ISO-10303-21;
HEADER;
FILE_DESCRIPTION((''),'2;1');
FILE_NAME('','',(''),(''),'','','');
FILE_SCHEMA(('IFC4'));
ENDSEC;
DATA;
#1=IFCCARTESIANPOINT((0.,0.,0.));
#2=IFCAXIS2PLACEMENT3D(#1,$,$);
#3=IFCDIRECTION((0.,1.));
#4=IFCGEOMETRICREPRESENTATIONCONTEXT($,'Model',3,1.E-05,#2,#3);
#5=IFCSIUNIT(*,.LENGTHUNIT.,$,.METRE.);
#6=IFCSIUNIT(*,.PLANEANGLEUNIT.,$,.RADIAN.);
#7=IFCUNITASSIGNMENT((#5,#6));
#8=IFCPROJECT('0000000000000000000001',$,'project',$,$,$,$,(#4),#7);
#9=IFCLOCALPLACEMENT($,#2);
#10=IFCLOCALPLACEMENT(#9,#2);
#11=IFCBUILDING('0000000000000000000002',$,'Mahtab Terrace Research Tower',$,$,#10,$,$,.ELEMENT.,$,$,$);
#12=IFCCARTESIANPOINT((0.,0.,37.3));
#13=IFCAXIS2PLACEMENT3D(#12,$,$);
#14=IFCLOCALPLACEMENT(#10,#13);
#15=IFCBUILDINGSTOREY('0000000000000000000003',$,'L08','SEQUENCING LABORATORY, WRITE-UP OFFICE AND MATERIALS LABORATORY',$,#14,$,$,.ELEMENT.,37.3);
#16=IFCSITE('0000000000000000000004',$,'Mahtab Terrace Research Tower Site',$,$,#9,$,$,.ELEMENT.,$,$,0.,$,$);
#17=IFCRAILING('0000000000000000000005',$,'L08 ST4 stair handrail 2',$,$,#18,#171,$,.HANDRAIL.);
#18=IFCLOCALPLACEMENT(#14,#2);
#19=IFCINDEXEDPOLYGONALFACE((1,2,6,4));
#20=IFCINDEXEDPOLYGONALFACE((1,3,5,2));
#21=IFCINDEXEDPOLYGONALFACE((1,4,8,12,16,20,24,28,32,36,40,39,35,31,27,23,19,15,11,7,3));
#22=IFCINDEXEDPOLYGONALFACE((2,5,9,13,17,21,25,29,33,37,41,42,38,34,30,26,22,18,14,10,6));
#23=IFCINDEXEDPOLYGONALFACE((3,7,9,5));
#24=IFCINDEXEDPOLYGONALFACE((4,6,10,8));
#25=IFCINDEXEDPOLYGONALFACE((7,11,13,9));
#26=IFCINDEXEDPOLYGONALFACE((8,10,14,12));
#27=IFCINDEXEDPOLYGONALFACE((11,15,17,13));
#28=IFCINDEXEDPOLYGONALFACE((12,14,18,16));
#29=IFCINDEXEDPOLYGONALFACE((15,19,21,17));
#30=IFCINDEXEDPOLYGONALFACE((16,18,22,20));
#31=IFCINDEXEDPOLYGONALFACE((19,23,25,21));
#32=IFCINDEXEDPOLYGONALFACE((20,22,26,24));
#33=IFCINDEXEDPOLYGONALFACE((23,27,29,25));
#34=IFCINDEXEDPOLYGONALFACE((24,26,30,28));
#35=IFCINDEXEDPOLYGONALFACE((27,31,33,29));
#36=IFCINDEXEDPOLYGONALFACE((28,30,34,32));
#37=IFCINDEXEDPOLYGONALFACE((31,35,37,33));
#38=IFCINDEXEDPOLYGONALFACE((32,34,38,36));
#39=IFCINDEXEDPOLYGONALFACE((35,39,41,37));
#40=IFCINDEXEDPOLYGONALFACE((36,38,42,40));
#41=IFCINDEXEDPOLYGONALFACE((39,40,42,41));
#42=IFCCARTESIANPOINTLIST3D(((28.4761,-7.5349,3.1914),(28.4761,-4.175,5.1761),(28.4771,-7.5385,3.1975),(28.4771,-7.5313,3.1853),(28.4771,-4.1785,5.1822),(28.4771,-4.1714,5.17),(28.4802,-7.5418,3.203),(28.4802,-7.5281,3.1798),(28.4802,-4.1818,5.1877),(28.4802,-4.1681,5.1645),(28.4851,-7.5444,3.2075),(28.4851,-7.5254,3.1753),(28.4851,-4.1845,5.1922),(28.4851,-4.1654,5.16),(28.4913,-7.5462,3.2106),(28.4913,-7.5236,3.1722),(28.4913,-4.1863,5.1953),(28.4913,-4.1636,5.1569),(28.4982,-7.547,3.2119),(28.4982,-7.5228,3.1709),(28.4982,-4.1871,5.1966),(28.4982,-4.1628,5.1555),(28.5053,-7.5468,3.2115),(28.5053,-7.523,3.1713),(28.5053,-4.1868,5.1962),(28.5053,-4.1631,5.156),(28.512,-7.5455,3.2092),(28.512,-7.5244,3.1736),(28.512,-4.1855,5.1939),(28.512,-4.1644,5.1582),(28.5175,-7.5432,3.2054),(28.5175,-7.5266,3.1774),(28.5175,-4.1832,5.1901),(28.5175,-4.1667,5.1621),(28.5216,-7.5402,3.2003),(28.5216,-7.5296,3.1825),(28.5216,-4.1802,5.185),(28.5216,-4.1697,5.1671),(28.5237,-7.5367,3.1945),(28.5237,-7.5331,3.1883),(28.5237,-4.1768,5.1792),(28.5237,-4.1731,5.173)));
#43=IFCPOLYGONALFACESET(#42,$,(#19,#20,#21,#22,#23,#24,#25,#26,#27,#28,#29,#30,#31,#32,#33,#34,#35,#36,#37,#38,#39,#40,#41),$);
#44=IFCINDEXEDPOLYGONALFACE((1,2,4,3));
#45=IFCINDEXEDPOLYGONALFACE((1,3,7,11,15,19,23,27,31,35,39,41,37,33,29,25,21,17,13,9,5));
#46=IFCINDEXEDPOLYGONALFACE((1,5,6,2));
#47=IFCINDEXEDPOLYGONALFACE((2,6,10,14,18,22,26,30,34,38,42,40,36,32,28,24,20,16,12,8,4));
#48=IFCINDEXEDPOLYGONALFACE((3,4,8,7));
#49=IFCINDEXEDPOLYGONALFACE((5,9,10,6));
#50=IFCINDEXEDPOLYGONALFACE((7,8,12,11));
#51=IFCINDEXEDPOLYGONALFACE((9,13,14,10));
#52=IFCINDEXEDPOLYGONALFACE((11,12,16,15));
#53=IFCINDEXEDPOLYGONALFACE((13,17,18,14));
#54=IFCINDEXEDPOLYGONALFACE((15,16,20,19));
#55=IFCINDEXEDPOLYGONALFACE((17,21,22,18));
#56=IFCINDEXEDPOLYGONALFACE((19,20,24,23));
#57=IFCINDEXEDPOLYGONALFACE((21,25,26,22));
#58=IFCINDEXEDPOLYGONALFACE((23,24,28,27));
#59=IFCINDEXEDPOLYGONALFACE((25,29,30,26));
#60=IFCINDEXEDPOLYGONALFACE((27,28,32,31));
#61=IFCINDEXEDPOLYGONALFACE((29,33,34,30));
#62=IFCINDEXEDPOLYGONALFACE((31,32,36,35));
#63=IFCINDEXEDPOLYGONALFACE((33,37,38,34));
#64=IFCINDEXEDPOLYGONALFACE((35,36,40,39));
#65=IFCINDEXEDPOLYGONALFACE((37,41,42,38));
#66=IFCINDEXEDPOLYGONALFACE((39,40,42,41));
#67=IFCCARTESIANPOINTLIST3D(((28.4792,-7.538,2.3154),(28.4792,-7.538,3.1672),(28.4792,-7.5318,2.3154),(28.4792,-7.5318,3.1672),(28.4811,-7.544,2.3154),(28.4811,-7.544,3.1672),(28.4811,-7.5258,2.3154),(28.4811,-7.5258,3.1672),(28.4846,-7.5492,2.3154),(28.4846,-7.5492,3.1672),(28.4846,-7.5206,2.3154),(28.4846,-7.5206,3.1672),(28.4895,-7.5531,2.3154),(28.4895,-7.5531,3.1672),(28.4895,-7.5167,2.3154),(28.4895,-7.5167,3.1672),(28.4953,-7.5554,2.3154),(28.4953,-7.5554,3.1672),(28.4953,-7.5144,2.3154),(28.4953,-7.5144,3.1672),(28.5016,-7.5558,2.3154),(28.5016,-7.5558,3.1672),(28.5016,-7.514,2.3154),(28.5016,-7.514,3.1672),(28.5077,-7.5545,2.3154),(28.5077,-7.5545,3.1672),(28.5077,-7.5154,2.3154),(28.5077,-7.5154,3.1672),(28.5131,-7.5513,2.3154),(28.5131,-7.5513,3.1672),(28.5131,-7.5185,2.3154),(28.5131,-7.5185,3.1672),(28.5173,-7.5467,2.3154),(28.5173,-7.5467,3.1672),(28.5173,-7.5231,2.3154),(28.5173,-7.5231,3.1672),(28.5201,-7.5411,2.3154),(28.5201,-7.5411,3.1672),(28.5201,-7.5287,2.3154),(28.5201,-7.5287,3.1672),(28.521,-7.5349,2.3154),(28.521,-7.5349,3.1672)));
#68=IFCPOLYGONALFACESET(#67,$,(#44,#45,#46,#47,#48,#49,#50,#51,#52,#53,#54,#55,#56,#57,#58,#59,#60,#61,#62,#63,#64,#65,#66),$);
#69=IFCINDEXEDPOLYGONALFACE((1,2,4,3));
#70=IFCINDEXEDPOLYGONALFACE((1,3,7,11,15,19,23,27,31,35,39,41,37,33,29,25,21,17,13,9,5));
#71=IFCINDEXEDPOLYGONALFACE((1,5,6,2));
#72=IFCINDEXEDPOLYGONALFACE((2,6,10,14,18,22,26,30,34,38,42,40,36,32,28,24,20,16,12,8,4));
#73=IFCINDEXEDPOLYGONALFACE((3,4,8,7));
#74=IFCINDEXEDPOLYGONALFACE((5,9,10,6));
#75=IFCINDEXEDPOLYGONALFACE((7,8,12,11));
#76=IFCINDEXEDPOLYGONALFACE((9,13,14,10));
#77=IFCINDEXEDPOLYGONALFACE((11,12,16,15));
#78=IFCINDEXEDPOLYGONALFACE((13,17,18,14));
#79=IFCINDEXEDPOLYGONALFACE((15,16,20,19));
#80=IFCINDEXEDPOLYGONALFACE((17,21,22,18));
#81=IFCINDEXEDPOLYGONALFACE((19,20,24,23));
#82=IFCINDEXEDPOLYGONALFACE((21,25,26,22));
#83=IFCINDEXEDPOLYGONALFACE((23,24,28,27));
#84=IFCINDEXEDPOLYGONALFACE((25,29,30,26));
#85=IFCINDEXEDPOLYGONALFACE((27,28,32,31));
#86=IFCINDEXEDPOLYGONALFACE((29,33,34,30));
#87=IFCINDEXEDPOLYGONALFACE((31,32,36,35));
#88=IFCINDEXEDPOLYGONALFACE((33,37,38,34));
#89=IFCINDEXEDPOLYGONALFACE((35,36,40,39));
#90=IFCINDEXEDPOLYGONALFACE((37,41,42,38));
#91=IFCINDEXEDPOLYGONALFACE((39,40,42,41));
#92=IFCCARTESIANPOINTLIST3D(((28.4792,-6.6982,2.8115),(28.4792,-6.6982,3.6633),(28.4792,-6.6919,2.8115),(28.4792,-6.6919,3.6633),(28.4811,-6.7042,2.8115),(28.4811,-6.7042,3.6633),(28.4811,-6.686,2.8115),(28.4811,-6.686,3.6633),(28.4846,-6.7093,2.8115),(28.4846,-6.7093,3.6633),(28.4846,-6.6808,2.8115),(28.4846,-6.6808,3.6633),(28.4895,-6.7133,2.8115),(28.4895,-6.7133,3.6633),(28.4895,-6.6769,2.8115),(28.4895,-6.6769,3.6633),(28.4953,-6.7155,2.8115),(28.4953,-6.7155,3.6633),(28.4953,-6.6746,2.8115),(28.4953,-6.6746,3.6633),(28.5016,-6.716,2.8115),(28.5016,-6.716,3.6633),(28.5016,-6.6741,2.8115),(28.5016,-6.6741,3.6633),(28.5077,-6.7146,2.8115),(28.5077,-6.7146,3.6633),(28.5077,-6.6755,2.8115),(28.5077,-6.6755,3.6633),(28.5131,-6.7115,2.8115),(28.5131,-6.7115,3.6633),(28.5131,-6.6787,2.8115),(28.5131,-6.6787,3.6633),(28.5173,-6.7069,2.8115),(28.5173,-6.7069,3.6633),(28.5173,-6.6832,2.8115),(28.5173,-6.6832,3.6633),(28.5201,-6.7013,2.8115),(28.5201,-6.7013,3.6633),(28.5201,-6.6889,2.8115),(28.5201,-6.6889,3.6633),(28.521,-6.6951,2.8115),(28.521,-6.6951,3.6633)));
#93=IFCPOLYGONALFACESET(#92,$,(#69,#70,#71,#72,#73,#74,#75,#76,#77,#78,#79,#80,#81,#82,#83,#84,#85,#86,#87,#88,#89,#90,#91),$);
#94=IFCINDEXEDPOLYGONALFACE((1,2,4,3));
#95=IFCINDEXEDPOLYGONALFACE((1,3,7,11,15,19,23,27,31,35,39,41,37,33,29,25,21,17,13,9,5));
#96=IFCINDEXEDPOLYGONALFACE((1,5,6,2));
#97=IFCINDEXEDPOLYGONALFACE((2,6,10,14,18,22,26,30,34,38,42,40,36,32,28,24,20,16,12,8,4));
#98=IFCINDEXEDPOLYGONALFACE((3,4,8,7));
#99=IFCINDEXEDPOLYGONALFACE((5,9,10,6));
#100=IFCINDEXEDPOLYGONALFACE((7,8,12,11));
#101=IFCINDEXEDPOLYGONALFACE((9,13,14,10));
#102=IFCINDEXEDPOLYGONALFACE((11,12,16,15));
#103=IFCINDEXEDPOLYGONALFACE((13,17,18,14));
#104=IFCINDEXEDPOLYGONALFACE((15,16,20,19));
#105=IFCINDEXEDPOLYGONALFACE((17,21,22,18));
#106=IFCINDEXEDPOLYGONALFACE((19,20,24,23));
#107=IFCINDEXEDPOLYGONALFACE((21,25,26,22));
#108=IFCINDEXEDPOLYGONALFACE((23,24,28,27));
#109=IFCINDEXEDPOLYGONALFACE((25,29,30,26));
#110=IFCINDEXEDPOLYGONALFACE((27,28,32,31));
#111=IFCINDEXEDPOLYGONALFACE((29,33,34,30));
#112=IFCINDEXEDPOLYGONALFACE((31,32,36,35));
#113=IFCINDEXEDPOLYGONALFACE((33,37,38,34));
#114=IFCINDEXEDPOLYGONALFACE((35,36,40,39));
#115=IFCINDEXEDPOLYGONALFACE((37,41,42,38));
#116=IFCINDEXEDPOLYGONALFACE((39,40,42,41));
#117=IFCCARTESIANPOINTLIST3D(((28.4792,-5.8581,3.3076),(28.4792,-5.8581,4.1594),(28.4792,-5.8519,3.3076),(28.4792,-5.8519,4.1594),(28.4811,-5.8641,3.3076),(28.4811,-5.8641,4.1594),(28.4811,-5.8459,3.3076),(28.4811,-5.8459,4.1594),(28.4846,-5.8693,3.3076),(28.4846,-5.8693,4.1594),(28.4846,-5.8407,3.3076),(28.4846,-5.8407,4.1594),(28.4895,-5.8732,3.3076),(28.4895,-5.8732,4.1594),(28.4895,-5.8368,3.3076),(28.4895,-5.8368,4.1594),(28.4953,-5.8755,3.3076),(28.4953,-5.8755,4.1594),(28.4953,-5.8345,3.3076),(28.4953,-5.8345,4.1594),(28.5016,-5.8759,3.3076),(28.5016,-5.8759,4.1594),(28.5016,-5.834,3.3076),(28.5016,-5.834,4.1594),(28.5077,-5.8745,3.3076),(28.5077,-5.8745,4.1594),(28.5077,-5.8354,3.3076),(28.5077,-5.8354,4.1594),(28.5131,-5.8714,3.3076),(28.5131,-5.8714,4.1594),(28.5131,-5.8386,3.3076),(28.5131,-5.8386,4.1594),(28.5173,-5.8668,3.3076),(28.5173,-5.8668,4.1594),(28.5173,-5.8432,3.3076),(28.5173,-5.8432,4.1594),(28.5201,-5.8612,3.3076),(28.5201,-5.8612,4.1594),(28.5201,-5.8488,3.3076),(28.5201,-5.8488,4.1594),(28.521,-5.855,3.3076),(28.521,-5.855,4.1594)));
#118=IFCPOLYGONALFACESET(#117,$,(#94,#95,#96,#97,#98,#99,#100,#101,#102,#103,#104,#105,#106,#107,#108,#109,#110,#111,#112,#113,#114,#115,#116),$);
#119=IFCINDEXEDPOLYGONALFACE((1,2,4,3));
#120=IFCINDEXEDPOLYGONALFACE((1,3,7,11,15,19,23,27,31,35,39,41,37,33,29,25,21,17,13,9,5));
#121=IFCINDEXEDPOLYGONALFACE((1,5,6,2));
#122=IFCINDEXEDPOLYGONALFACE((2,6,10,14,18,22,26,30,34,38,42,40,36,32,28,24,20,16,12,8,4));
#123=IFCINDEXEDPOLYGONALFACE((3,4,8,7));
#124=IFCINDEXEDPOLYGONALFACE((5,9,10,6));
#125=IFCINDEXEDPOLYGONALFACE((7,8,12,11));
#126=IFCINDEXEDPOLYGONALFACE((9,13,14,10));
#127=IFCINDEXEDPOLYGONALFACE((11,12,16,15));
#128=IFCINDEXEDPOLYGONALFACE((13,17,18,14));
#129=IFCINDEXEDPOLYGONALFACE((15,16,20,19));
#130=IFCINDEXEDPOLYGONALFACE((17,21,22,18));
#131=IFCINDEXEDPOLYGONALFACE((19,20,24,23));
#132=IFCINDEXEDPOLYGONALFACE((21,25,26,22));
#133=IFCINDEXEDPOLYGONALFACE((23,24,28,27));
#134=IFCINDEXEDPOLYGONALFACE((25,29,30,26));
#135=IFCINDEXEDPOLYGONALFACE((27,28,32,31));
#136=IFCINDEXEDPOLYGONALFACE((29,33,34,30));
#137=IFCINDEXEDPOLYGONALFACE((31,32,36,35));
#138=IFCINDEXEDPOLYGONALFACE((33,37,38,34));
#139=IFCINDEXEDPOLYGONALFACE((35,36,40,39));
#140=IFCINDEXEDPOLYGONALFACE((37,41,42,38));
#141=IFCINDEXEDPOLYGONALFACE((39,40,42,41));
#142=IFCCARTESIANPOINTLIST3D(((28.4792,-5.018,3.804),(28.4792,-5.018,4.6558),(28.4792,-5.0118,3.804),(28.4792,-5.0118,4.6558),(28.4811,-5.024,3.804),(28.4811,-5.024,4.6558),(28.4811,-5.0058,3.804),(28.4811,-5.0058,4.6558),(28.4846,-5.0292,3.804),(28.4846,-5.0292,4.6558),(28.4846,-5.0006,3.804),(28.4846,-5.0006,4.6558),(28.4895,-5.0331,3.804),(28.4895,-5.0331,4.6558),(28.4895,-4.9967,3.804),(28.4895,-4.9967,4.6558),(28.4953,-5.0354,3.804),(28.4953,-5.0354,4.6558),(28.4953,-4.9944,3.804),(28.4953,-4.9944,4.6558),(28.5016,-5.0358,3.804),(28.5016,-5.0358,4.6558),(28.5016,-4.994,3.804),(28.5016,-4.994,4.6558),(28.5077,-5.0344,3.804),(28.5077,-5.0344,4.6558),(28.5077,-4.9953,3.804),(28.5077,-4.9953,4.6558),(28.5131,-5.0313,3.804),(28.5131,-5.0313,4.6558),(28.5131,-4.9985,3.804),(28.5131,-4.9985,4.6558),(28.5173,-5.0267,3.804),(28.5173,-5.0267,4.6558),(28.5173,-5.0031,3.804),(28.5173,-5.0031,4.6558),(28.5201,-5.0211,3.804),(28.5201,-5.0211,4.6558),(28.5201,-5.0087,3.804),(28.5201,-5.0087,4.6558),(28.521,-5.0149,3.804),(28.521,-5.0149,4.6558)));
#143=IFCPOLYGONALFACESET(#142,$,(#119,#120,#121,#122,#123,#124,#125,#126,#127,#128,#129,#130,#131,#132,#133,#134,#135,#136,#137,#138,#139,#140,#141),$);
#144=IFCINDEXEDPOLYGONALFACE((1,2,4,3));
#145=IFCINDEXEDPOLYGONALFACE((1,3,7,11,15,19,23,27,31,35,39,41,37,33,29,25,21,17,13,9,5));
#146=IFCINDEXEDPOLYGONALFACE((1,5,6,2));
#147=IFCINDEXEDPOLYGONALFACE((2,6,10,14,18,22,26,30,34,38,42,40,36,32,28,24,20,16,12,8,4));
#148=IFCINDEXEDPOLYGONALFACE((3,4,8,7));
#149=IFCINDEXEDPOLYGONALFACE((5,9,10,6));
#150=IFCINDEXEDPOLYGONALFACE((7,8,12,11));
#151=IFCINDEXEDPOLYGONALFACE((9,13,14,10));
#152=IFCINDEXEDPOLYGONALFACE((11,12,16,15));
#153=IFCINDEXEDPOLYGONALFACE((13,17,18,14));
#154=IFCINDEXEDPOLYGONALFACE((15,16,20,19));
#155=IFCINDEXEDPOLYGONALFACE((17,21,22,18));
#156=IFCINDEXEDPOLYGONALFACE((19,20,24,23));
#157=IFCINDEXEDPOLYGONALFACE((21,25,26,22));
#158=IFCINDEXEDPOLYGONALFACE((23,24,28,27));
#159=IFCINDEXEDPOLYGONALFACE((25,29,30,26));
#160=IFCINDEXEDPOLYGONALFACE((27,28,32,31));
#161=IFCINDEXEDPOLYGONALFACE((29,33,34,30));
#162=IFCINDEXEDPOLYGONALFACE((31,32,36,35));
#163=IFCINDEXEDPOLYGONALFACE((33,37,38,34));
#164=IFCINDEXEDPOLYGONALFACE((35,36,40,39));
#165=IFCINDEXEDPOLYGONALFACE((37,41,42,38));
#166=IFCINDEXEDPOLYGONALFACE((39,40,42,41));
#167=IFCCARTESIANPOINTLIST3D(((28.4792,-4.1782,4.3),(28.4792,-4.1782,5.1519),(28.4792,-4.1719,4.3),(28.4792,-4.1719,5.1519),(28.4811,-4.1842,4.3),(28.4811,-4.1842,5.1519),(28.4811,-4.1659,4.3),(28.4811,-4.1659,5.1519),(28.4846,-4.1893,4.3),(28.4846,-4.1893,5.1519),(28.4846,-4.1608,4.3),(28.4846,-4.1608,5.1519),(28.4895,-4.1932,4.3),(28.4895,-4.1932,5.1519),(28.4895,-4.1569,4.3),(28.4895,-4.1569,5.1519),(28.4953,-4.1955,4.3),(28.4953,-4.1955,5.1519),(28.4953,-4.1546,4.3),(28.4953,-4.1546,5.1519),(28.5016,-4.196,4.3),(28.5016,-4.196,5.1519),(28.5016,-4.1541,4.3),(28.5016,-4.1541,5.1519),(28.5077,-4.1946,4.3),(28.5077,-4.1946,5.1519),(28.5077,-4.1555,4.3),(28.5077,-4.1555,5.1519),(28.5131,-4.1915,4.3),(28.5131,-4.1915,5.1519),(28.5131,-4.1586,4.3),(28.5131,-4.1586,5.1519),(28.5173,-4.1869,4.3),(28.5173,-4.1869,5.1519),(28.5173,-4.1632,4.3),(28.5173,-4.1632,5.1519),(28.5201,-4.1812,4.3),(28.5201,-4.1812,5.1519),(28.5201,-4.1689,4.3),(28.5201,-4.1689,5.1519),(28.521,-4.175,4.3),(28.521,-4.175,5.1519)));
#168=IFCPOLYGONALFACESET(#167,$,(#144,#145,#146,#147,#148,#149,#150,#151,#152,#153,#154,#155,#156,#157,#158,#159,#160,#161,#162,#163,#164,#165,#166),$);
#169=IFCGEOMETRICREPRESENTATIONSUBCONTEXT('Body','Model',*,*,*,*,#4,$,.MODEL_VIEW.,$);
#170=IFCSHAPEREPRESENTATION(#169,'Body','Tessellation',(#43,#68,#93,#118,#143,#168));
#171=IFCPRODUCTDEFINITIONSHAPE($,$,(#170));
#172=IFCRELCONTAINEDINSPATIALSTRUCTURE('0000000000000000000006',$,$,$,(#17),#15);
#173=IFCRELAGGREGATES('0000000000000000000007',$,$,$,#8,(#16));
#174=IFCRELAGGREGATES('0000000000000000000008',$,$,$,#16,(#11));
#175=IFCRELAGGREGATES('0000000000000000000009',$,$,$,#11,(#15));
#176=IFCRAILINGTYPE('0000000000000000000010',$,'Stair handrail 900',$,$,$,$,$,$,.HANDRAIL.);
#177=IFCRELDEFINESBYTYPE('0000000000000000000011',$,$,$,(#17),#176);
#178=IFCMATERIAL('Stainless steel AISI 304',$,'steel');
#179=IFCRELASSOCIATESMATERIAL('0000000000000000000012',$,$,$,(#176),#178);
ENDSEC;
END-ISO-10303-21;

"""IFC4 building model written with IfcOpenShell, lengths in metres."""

from ifc_helpers import new_model, si_unit, direction, frame, origin, origin_2d, place, context, subcontext, project, spatial, circle, extrude, material, type_object, element, save


model = new_model("IFC4")

# Units and contexts
model_context = context("Model", 3, precision=1e-05, world=origin(), true_north=direction((0.0, 1.0)))
body_context = subcontext(model_context, "Body", "Model", "MODEL_VIEW")
ifc_project = project(units=[si_unit("LENGTHUNIT", "METRE"), si_unit("PLANEANGLEUNIT", "RADIAN")], contexts=[model_context])

# Site, building, storey
site_placement = place(None, origin())
site = spatial("IfcSite", under=ifc_project, at=site_placement, Name="Mahtab Terrace Research Tower Site", CompositionType="ELEMENT", RefElevation=0.0)
building_placement = place(site_placement, origin())
building = spatial("IfcBuilding", under=site, at=building_placement, Name="Mahtab Terrace Research Tower", CompositionType="ELEMENT")
storey_placement = place(building_placement, frame((0.0, 0.0, 37.3)))
storey = spatial("IfcBuildingStorey", under=building, at=storey_placement, Name="L08", Description="SEQUENCING LABORATORY, WRITE-UP OFFICE AND MATERIALS LABORATORY", CompositionType="ELEMENT", Elevation=37.3)

# Railing
ifc_material_1 = material(Name="Stainless steel AISI 304", Category="steel")
railing_type_1 = type_object("IfcRailingType", Name="Stair handrail 900", PredefinedType="HANDRAIL", material=ifc_material_1)
railing_1_placement = place(storey_placement, frame((28.5, -7.5349, 2.3154)))
element("IfcRailing", 1, at=railing_1_placement, inside=storey, type_object=railing_type_1, Name="L08 ST4 stair handrail 2", PredefinedType="HANDRAIL", context=body_context, shape_type="SweptSolid", body=[
    extrude(circle(Radius=0.0239, at=origin_2d()), frame((0.0, 0.0, 0.876), z_axis=(0.0, 0.861011, 0.508586), x_axis=(-1.0, 0.0, 0.0)), (0.0, 0.0, 1.0), 3.9023),
    extrude(circle(Radius=0.021, at=origin_2d()), origin(), (0.0, 0.0, 1.0), 0.8518),
    extrude(circle(Radius=0.021, at=origin_2d()), frame((0.0, 0.8398, 0.4961)), (0.0, 0.0, 1.0), 0.8518),
    extrude(circle(Radius=0.021, at=origin_2d()), frame((0.0, 1.6799, 0.9922)), (0.0, 0.0, 1.0), 0.8518),
    extrude(circle(Radius=0.021, at=origin_2d()), frame((0.0, 2.52, 1.4885)), (0.0, 0.0, 1.0), 0.8518),
    extrude(circle(Radius=0.021, at=origin_2d()), frame((0.0, 3.3599, 1.9846)), (0.0, 0.0, 1.0), 0.8518),
])

save(model, "model.ifc")
